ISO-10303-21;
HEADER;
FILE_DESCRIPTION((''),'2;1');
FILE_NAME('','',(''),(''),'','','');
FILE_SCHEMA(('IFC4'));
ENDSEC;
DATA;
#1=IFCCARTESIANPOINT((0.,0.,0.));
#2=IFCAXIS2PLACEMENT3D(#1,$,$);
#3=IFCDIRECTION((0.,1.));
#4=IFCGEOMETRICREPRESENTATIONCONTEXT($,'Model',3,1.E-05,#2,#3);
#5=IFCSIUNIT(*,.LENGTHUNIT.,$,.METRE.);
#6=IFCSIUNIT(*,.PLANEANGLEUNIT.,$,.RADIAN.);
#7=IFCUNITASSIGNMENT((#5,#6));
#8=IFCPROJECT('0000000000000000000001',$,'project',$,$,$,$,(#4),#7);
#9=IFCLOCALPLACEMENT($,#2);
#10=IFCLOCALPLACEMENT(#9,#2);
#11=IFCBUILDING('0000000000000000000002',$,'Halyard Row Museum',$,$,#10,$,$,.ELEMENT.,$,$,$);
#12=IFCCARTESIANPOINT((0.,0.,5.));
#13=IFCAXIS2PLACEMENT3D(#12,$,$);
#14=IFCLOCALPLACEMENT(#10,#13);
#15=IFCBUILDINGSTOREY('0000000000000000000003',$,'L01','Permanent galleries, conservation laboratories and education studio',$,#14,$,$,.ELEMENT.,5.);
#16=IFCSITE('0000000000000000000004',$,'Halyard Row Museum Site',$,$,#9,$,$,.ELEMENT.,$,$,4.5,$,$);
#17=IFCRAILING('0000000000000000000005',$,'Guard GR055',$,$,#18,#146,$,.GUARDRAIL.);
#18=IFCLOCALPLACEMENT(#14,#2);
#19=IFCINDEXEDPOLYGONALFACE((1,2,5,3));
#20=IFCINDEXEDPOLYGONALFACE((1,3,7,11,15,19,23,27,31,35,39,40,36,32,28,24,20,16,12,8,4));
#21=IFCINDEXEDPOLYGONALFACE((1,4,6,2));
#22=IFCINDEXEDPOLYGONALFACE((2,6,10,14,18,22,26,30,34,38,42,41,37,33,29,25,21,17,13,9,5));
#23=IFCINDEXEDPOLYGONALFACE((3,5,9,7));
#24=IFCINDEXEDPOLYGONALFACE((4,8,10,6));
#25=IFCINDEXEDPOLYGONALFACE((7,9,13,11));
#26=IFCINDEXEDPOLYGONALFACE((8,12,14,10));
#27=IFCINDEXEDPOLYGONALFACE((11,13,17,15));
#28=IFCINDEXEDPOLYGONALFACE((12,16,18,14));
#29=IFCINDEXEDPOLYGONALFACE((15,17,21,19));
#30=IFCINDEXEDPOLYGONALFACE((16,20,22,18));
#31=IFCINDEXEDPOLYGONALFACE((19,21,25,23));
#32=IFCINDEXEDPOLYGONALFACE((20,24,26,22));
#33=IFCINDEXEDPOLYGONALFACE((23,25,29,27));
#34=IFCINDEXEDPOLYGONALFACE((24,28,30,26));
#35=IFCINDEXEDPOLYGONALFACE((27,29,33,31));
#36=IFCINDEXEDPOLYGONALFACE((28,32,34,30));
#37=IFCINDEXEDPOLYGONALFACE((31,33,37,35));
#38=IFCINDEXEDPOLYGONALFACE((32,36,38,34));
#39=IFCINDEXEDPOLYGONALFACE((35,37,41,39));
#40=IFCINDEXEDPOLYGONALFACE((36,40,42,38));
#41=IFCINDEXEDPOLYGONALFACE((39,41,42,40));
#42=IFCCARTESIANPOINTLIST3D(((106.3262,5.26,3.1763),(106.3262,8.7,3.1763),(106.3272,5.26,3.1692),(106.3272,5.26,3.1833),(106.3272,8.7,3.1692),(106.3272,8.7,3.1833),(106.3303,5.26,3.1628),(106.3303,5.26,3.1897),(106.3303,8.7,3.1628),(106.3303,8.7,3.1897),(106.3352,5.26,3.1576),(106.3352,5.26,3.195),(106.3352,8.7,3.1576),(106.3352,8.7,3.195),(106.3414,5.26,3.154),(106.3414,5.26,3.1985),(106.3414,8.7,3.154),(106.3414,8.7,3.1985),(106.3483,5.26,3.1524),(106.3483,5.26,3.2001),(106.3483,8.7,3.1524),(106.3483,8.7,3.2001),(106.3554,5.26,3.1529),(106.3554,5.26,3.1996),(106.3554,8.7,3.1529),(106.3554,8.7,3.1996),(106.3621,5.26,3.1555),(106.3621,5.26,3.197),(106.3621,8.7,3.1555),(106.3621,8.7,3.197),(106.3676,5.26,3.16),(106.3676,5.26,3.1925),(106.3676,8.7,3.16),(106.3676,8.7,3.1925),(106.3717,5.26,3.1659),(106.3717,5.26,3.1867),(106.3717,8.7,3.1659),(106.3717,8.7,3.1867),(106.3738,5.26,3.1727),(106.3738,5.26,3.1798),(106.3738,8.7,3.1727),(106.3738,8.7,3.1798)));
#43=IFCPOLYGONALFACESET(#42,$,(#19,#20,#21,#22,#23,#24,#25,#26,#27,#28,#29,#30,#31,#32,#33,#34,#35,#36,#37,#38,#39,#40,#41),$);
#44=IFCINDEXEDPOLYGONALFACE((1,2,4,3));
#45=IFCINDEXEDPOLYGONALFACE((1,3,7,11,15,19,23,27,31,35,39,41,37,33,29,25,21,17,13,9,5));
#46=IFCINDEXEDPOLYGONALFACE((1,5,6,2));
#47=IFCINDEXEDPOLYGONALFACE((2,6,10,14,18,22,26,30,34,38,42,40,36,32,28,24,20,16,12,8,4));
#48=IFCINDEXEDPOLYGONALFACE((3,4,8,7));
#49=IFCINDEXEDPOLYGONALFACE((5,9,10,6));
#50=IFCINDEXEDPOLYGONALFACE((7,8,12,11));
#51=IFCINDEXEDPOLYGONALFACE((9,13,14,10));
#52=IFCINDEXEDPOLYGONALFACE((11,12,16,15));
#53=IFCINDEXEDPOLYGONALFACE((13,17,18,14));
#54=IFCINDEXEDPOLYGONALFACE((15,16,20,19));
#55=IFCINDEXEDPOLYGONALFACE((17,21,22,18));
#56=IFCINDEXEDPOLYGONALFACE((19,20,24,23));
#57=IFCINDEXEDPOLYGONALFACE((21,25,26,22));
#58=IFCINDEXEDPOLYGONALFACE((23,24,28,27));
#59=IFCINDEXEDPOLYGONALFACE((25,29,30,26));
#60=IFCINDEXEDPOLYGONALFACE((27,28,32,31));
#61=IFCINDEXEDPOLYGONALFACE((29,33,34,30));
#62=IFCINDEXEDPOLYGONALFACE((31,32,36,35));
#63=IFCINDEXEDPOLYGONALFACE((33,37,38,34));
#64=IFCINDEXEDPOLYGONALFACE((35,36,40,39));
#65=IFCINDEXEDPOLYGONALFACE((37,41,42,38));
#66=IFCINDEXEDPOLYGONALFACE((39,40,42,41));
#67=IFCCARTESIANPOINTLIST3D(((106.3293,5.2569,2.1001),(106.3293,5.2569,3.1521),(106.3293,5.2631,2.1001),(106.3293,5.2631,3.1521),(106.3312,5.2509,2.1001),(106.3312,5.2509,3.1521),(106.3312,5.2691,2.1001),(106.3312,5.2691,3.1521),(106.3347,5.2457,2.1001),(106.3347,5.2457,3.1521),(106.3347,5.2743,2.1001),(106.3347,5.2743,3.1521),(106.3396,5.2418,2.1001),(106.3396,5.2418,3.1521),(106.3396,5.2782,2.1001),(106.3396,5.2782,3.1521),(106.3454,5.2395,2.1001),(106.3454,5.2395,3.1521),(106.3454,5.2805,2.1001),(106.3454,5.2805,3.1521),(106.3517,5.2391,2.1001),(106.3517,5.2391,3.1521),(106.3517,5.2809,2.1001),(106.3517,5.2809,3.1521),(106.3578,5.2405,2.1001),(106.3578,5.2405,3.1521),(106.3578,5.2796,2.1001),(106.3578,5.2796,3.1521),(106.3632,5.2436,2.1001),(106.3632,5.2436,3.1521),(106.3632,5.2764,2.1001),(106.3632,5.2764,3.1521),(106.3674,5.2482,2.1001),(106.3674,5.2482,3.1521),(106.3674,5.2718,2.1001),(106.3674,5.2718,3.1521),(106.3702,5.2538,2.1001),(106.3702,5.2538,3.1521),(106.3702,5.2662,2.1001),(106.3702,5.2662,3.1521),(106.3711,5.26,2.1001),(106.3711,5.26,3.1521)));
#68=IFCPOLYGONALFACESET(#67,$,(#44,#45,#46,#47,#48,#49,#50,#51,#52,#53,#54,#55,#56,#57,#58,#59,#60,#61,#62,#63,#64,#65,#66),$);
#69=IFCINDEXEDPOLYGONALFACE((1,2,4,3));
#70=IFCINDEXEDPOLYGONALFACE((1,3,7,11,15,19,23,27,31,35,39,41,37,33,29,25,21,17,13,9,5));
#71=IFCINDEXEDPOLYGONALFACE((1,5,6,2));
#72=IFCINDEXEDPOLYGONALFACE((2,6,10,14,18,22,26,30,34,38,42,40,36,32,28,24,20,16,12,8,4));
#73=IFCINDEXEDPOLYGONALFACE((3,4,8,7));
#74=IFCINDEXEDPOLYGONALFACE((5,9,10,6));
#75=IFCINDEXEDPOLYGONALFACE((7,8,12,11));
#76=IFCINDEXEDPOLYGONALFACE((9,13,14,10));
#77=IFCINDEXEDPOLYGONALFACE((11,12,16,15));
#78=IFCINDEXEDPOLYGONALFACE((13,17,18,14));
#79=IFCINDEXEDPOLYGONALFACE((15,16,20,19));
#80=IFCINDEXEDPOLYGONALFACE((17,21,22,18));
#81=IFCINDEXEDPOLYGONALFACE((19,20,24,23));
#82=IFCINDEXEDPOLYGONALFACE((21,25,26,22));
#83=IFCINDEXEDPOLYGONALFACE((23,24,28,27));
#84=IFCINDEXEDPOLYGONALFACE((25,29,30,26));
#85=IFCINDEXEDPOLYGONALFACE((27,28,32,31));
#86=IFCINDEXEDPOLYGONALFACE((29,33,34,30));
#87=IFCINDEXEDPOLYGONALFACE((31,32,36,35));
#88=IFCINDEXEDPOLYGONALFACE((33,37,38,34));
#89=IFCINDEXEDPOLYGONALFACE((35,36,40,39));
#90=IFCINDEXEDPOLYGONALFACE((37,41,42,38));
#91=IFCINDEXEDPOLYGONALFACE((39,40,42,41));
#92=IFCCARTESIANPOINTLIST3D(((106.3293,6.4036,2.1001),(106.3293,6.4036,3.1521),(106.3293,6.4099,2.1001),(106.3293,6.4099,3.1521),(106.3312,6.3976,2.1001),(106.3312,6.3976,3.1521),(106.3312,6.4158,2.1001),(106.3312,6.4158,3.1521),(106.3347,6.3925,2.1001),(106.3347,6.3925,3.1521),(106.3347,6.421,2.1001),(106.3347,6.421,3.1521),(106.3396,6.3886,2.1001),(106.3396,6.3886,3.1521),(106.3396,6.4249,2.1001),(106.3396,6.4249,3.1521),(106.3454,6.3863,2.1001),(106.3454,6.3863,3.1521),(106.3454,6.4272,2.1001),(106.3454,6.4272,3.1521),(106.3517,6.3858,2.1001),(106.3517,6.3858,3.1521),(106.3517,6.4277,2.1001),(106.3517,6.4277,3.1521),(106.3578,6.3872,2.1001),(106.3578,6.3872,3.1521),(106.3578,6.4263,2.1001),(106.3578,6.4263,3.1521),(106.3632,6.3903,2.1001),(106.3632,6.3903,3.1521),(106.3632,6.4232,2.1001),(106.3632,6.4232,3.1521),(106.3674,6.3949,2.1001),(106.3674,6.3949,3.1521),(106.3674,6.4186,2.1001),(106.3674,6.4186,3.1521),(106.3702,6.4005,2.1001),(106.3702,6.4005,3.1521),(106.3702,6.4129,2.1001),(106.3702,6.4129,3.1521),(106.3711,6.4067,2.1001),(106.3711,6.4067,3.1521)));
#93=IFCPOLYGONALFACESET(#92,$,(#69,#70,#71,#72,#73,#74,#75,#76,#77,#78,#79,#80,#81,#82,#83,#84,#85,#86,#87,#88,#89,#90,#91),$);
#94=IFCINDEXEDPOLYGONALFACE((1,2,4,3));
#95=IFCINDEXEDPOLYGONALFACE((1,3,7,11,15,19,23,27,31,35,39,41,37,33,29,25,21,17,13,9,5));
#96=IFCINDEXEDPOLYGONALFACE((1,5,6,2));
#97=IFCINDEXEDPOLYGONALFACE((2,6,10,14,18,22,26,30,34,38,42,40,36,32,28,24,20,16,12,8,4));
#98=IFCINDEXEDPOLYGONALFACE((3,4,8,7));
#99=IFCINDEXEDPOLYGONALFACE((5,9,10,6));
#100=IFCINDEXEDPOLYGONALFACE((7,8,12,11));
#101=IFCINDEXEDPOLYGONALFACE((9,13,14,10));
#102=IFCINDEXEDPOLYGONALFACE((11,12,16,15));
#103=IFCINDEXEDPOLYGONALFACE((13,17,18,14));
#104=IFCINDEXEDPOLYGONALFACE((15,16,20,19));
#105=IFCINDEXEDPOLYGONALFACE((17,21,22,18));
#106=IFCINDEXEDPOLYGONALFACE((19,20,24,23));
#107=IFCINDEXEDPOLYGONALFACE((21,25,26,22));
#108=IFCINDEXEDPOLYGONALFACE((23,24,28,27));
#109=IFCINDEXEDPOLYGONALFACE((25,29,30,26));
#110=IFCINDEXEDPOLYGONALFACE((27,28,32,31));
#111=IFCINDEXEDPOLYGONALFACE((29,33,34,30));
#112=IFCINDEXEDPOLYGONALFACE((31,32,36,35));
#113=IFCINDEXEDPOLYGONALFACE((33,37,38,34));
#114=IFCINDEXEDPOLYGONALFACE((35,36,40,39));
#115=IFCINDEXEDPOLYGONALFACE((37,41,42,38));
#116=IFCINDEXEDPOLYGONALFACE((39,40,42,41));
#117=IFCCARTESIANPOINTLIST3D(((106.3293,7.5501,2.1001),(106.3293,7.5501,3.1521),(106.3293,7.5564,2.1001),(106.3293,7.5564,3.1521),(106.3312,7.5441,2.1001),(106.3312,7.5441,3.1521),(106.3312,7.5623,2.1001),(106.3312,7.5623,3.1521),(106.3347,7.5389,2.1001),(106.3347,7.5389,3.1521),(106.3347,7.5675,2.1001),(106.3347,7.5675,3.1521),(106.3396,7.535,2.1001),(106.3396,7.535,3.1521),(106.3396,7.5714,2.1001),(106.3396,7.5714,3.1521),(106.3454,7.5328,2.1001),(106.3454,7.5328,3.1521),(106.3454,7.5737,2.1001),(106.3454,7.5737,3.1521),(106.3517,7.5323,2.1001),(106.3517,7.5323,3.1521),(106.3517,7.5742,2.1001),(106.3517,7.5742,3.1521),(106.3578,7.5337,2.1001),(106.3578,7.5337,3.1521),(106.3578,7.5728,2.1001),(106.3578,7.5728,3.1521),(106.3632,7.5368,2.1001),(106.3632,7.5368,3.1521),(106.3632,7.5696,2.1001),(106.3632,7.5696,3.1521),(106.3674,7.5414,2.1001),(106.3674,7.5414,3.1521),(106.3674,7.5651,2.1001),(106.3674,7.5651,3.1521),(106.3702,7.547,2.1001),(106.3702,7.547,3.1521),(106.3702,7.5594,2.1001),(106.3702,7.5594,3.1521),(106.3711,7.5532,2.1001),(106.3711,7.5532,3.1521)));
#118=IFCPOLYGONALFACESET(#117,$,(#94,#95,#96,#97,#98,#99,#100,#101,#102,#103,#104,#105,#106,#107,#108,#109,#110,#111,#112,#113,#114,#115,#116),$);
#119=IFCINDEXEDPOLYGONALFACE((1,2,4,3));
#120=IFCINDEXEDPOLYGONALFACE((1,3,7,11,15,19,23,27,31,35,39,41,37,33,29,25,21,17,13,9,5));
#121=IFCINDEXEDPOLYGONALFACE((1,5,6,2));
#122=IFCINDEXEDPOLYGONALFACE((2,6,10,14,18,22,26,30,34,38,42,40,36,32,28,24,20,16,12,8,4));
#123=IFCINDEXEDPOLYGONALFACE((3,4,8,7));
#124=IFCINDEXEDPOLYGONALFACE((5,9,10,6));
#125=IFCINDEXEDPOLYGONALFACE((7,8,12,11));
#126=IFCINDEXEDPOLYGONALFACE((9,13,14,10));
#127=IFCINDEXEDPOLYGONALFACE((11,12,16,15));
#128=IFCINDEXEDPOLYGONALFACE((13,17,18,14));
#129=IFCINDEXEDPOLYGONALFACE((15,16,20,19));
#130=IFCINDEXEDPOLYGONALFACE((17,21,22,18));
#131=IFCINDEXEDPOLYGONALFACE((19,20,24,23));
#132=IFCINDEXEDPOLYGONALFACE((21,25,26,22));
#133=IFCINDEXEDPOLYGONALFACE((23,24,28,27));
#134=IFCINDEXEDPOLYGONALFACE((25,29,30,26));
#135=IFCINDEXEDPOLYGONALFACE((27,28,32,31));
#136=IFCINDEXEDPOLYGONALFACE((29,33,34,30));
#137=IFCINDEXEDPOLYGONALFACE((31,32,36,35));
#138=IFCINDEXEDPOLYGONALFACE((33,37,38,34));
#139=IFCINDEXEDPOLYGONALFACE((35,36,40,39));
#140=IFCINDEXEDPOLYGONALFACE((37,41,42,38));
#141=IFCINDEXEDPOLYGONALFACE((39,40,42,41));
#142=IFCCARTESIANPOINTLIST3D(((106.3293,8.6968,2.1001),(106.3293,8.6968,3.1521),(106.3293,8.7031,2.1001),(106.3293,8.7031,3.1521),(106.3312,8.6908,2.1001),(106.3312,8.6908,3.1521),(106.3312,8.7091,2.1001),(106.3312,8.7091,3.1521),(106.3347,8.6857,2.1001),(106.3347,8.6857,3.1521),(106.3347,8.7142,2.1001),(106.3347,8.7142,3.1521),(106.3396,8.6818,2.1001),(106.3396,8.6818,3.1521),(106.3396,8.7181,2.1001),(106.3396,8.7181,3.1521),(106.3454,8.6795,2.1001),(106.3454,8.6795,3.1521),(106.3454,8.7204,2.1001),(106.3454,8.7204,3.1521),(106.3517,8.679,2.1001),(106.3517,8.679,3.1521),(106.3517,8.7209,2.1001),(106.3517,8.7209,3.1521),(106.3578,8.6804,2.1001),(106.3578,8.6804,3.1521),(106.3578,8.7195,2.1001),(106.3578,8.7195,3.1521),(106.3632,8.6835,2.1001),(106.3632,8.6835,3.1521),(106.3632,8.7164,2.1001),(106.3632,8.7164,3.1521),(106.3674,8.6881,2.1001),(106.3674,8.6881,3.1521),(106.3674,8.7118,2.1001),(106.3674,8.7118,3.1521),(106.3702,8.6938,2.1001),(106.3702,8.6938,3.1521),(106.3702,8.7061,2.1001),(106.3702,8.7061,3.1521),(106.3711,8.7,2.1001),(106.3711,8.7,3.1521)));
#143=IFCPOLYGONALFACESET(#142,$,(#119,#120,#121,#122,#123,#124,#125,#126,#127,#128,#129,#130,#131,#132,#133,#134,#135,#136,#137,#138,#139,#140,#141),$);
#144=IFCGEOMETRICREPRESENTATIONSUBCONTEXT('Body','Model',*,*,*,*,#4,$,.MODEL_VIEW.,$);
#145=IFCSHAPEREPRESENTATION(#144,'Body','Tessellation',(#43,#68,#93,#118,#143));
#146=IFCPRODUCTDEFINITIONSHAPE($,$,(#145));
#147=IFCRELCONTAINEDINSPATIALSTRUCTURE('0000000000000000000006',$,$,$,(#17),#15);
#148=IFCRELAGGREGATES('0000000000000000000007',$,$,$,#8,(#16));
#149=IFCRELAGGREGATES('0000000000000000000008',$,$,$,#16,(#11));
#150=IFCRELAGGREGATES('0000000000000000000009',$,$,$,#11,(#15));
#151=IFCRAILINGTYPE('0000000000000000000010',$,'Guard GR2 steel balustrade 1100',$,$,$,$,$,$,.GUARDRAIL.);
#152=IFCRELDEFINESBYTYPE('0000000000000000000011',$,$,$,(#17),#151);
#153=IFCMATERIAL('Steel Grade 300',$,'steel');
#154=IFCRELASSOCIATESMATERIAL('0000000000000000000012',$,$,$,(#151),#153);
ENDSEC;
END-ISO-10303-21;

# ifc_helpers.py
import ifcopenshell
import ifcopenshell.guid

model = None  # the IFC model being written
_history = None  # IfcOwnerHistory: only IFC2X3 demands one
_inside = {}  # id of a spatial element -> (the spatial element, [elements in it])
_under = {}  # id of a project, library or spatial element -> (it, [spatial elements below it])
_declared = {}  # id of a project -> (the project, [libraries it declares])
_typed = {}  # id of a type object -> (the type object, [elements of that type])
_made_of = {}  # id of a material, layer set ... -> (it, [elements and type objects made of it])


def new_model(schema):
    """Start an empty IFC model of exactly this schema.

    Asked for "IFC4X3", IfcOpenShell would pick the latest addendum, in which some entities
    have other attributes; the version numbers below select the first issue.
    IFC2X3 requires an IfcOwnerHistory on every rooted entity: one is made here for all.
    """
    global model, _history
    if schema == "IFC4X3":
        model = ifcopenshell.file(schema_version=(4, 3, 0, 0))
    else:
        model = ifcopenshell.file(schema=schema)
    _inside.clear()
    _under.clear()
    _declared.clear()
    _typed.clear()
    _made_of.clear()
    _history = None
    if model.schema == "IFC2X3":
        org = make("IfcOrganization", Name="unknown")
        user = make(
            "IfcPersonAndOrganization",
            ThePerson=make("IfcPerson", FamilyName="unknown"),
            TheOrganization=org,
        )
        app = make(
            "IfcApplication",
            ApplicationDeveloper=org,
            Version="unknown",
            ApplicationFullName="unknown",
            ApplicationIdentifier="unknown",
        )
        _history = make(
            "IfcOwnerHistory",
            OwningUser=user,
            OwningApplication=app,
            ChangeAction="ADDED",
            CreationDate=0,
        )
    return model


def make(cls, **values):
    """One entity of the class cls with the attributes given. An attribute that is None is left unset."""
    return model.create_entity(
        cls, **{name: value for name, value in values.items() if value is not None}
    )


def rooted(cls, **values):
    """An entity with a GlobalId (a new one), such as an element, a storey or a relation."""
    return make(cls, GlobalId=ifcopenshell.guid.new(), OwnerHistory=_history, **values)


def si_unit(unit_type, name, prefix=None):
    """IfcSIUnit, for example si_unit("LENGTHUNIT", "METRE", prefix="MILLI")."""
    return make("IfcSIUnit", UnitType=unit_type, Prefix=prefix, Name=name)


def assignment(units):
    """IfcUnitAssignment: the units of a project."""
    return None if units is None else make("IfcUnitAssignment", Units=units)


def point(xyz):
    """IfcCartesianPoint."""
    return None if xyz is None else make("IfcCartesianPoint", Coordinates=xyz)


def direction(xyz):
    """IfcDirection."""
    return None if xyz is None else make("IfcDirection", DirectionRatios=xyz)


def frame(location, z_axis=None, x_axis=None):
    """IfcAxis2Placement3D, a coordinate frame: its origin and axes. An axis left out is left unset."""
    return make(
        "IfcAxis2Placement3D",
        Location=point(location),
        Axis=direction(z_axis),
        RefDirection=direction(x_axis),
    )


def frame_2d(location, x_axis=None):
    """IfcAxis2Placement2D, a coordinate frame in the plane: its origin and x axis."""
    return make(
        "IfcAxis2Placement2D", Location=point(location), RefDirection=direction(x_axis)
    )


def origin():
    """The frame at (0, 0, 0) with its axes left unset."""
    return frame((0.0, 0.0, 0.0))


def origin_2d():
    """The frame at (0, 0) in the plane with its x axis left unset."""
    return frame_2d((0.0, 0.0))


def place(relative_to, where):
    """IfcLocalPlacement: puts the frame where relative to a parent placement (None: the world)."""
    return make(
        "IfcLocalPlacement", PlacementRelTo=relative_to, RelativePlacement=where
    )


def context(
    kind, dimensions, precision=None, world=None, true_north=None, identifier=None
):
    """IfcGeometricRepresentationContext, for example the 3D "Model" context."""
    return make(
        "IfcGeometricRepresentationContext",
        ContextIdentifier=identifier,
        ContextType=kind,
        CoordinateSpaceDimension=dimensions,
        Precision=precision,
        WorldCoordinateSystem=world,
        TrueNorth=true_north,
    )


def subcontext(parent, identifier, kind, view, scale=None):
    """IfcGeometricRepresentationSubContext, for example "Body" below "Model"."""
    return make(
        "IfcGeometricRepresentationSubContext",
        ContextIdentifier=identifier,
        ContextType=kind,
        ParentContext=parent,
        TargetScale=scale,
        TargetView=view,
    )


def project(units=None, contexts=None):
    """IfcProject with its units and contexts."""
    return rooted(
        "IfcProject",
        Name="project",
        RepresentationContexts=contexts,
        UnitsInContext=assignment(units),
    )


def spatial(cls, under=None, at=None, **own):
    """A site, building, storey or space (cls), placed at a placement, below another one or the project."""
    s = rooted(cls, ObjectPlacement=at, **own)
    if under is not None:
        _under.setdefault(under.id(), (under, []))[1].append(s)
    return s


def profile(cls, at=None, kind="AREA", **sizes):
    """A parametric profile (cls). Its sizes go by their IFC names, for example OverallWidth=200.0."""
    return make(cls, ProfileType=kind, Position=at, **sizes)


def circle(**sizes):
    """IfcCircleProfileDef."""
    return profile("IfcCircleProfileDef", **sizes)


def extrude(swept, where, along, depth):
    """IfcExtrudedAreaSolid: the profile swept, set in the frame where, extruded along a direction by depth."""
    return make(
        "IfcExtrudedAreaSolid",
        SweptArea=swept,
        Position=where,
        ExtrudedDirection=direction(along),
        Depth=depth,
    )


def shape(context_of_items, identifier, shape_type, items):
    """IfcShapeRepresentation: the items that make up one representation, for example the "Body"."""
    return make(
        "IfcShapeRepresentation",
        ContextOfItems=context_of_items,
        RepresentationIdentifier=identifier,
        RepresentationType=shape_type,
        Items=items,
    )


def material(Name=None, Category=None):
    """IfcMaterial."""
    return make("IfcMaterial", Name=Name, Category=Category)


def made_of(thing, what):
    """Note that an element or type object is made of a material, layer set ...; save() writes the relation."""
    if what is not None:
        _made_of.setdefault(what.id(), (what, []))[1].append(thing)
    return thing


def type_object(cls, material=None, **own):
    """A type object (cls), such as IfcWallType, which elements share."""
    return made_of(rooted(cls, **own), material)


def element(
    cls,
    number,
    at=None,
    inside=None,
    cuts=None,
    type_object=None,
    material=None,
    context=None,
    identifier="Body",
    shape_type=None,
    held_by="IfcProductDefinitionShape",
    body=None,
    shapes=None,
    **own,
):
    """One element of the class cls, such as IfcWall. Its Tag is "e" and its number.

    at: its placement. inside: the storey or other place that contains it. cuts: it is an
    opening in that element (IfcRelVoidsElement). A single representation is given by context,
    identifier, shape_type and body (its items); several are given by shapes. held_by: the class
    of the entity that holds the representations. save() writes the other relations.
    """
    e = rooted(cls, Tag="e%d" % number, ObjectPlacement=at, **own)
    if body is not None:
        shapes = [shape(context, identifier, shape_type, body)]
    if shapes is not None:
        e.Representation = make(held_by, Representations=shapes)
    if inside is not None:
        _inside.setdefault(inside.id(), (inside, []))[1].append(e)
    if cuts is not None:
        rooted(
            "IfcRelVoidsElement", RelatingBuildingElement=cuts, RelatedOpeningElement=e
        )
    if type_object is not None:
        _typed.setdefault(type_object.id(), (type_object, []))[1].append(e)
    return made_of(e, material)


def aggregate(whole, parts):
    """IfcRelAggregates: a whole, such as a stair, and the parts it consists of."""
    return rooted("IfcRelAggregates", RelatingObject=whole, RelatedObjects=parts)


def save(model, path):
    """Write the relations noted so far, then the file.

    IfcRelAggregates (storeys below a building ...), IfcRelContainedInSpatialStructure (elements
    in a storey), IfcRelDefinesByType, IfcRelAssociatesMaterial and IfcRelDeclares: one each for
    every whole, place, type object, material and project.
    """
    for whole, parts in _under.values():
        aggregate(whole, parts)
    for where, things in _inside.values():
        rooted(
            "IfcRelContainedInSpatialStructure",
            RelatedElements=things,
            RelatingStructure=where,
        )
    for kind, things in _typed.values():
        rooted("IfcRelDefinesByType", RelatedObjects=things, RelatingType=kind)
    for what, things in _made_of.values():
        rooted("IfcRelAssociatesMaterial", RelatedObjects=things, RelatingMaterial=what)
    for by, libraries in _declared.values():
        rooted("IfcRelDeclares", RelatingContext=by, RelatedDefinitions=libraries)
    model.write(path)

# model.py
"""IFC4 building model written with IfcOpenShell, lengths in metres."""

from ifc_helpers import new_model, si_unit, direction, frame, origin, origin_2d, place, context, subcontext, project, spatial, circle, extrude, material, type_object, element, save


model = new_model("IFC4")

# Units and contexts
model_context = context("Model", 3, precision=1e-05, world=origin(), true_north=direction((0.0, 1.0)))
body_context = subcontext(model_context, "Body", "Model", "MODEL_VIEW")
ifc_project = project(units=[si_unit("LENGTHUNIT", "METRE"), si_unit("PLANEANGLEUNIT", "RADIAN")], contexts=[model_context])

# Site, building, storey
site_placement = place(None, origin())
site = spatial("IfcSite", under=ifc_project, at=site_placement, Name="Halyard Row Museum Site", CompositionType="ELEMENT", RefElevation=4.5)
building_placement = place(site_placement, origin())
building = spatial("IfcBuilding", under=site, at=building_placement, Name="Halyard Row Museum", CompositionType="ELEMENT")
storey_placement = place(building_placement, frame((0.0, 0.0, 5.0)))
storey = spatial("IfcBuildingStorey", under=building, at=storey_placement, Name="L01", Description="Permanent galleries, conservation laboratories and education studio", CompositionType="ELEMENT", Elevation=5.0)

# Railing
ifc_material_1 = material(Name="Steel Grade 300", Category="steel")
railing_type_1 = type_object("IfcRailingType", Name="Guard GR2 steel balustrade 1100", PredefinedType="GUARDRAIL", material=ifc_material_1)
railing_1_placement = place(storey_placement, frame((106.3501, 5.26, 2.1001)))
element("IfcRailing", 1, at=railing_1_placement, inside=storey, type_object=railing_type_1, Name="Guard GR055", PredefinedType="GUARDRAIL", context=body_context, shape_type="SweptSolid", body=[
    extrude(circle(Radius=0.0239, at=origin_2d()), frame((0.0, 0.0, 1.0762), z_axis=(0.0, 1.0, 0.0), x_axis=(-1.0, 0.0, 0.0)), (0.0, 0.0, 1.0), 3.4399),
    extrude(circle(Radius=0.021, at=origin_2d()), origin(), (0.0, 0.0, 1.0), 1.052),
    extrude(circle(Radius=0.021, at=origin_2d()), frame((0.0, 1.1467, 0.0)), (0.0, 0.0, 1.0), 1.052),
    extrude(circle(Radius=0.021, at=origin_2d()), frame((0.0, 2.2932, 0.0)), (0.0, 0.0, 1.0), 1.052),
    extrude(circle(Radius=0.021, at=origin_2d()), frame((0.0, 3.4399, 0.0)), (0.0, 0.0, 1.0), 1.052),
])

save(model, "model.ifc")
